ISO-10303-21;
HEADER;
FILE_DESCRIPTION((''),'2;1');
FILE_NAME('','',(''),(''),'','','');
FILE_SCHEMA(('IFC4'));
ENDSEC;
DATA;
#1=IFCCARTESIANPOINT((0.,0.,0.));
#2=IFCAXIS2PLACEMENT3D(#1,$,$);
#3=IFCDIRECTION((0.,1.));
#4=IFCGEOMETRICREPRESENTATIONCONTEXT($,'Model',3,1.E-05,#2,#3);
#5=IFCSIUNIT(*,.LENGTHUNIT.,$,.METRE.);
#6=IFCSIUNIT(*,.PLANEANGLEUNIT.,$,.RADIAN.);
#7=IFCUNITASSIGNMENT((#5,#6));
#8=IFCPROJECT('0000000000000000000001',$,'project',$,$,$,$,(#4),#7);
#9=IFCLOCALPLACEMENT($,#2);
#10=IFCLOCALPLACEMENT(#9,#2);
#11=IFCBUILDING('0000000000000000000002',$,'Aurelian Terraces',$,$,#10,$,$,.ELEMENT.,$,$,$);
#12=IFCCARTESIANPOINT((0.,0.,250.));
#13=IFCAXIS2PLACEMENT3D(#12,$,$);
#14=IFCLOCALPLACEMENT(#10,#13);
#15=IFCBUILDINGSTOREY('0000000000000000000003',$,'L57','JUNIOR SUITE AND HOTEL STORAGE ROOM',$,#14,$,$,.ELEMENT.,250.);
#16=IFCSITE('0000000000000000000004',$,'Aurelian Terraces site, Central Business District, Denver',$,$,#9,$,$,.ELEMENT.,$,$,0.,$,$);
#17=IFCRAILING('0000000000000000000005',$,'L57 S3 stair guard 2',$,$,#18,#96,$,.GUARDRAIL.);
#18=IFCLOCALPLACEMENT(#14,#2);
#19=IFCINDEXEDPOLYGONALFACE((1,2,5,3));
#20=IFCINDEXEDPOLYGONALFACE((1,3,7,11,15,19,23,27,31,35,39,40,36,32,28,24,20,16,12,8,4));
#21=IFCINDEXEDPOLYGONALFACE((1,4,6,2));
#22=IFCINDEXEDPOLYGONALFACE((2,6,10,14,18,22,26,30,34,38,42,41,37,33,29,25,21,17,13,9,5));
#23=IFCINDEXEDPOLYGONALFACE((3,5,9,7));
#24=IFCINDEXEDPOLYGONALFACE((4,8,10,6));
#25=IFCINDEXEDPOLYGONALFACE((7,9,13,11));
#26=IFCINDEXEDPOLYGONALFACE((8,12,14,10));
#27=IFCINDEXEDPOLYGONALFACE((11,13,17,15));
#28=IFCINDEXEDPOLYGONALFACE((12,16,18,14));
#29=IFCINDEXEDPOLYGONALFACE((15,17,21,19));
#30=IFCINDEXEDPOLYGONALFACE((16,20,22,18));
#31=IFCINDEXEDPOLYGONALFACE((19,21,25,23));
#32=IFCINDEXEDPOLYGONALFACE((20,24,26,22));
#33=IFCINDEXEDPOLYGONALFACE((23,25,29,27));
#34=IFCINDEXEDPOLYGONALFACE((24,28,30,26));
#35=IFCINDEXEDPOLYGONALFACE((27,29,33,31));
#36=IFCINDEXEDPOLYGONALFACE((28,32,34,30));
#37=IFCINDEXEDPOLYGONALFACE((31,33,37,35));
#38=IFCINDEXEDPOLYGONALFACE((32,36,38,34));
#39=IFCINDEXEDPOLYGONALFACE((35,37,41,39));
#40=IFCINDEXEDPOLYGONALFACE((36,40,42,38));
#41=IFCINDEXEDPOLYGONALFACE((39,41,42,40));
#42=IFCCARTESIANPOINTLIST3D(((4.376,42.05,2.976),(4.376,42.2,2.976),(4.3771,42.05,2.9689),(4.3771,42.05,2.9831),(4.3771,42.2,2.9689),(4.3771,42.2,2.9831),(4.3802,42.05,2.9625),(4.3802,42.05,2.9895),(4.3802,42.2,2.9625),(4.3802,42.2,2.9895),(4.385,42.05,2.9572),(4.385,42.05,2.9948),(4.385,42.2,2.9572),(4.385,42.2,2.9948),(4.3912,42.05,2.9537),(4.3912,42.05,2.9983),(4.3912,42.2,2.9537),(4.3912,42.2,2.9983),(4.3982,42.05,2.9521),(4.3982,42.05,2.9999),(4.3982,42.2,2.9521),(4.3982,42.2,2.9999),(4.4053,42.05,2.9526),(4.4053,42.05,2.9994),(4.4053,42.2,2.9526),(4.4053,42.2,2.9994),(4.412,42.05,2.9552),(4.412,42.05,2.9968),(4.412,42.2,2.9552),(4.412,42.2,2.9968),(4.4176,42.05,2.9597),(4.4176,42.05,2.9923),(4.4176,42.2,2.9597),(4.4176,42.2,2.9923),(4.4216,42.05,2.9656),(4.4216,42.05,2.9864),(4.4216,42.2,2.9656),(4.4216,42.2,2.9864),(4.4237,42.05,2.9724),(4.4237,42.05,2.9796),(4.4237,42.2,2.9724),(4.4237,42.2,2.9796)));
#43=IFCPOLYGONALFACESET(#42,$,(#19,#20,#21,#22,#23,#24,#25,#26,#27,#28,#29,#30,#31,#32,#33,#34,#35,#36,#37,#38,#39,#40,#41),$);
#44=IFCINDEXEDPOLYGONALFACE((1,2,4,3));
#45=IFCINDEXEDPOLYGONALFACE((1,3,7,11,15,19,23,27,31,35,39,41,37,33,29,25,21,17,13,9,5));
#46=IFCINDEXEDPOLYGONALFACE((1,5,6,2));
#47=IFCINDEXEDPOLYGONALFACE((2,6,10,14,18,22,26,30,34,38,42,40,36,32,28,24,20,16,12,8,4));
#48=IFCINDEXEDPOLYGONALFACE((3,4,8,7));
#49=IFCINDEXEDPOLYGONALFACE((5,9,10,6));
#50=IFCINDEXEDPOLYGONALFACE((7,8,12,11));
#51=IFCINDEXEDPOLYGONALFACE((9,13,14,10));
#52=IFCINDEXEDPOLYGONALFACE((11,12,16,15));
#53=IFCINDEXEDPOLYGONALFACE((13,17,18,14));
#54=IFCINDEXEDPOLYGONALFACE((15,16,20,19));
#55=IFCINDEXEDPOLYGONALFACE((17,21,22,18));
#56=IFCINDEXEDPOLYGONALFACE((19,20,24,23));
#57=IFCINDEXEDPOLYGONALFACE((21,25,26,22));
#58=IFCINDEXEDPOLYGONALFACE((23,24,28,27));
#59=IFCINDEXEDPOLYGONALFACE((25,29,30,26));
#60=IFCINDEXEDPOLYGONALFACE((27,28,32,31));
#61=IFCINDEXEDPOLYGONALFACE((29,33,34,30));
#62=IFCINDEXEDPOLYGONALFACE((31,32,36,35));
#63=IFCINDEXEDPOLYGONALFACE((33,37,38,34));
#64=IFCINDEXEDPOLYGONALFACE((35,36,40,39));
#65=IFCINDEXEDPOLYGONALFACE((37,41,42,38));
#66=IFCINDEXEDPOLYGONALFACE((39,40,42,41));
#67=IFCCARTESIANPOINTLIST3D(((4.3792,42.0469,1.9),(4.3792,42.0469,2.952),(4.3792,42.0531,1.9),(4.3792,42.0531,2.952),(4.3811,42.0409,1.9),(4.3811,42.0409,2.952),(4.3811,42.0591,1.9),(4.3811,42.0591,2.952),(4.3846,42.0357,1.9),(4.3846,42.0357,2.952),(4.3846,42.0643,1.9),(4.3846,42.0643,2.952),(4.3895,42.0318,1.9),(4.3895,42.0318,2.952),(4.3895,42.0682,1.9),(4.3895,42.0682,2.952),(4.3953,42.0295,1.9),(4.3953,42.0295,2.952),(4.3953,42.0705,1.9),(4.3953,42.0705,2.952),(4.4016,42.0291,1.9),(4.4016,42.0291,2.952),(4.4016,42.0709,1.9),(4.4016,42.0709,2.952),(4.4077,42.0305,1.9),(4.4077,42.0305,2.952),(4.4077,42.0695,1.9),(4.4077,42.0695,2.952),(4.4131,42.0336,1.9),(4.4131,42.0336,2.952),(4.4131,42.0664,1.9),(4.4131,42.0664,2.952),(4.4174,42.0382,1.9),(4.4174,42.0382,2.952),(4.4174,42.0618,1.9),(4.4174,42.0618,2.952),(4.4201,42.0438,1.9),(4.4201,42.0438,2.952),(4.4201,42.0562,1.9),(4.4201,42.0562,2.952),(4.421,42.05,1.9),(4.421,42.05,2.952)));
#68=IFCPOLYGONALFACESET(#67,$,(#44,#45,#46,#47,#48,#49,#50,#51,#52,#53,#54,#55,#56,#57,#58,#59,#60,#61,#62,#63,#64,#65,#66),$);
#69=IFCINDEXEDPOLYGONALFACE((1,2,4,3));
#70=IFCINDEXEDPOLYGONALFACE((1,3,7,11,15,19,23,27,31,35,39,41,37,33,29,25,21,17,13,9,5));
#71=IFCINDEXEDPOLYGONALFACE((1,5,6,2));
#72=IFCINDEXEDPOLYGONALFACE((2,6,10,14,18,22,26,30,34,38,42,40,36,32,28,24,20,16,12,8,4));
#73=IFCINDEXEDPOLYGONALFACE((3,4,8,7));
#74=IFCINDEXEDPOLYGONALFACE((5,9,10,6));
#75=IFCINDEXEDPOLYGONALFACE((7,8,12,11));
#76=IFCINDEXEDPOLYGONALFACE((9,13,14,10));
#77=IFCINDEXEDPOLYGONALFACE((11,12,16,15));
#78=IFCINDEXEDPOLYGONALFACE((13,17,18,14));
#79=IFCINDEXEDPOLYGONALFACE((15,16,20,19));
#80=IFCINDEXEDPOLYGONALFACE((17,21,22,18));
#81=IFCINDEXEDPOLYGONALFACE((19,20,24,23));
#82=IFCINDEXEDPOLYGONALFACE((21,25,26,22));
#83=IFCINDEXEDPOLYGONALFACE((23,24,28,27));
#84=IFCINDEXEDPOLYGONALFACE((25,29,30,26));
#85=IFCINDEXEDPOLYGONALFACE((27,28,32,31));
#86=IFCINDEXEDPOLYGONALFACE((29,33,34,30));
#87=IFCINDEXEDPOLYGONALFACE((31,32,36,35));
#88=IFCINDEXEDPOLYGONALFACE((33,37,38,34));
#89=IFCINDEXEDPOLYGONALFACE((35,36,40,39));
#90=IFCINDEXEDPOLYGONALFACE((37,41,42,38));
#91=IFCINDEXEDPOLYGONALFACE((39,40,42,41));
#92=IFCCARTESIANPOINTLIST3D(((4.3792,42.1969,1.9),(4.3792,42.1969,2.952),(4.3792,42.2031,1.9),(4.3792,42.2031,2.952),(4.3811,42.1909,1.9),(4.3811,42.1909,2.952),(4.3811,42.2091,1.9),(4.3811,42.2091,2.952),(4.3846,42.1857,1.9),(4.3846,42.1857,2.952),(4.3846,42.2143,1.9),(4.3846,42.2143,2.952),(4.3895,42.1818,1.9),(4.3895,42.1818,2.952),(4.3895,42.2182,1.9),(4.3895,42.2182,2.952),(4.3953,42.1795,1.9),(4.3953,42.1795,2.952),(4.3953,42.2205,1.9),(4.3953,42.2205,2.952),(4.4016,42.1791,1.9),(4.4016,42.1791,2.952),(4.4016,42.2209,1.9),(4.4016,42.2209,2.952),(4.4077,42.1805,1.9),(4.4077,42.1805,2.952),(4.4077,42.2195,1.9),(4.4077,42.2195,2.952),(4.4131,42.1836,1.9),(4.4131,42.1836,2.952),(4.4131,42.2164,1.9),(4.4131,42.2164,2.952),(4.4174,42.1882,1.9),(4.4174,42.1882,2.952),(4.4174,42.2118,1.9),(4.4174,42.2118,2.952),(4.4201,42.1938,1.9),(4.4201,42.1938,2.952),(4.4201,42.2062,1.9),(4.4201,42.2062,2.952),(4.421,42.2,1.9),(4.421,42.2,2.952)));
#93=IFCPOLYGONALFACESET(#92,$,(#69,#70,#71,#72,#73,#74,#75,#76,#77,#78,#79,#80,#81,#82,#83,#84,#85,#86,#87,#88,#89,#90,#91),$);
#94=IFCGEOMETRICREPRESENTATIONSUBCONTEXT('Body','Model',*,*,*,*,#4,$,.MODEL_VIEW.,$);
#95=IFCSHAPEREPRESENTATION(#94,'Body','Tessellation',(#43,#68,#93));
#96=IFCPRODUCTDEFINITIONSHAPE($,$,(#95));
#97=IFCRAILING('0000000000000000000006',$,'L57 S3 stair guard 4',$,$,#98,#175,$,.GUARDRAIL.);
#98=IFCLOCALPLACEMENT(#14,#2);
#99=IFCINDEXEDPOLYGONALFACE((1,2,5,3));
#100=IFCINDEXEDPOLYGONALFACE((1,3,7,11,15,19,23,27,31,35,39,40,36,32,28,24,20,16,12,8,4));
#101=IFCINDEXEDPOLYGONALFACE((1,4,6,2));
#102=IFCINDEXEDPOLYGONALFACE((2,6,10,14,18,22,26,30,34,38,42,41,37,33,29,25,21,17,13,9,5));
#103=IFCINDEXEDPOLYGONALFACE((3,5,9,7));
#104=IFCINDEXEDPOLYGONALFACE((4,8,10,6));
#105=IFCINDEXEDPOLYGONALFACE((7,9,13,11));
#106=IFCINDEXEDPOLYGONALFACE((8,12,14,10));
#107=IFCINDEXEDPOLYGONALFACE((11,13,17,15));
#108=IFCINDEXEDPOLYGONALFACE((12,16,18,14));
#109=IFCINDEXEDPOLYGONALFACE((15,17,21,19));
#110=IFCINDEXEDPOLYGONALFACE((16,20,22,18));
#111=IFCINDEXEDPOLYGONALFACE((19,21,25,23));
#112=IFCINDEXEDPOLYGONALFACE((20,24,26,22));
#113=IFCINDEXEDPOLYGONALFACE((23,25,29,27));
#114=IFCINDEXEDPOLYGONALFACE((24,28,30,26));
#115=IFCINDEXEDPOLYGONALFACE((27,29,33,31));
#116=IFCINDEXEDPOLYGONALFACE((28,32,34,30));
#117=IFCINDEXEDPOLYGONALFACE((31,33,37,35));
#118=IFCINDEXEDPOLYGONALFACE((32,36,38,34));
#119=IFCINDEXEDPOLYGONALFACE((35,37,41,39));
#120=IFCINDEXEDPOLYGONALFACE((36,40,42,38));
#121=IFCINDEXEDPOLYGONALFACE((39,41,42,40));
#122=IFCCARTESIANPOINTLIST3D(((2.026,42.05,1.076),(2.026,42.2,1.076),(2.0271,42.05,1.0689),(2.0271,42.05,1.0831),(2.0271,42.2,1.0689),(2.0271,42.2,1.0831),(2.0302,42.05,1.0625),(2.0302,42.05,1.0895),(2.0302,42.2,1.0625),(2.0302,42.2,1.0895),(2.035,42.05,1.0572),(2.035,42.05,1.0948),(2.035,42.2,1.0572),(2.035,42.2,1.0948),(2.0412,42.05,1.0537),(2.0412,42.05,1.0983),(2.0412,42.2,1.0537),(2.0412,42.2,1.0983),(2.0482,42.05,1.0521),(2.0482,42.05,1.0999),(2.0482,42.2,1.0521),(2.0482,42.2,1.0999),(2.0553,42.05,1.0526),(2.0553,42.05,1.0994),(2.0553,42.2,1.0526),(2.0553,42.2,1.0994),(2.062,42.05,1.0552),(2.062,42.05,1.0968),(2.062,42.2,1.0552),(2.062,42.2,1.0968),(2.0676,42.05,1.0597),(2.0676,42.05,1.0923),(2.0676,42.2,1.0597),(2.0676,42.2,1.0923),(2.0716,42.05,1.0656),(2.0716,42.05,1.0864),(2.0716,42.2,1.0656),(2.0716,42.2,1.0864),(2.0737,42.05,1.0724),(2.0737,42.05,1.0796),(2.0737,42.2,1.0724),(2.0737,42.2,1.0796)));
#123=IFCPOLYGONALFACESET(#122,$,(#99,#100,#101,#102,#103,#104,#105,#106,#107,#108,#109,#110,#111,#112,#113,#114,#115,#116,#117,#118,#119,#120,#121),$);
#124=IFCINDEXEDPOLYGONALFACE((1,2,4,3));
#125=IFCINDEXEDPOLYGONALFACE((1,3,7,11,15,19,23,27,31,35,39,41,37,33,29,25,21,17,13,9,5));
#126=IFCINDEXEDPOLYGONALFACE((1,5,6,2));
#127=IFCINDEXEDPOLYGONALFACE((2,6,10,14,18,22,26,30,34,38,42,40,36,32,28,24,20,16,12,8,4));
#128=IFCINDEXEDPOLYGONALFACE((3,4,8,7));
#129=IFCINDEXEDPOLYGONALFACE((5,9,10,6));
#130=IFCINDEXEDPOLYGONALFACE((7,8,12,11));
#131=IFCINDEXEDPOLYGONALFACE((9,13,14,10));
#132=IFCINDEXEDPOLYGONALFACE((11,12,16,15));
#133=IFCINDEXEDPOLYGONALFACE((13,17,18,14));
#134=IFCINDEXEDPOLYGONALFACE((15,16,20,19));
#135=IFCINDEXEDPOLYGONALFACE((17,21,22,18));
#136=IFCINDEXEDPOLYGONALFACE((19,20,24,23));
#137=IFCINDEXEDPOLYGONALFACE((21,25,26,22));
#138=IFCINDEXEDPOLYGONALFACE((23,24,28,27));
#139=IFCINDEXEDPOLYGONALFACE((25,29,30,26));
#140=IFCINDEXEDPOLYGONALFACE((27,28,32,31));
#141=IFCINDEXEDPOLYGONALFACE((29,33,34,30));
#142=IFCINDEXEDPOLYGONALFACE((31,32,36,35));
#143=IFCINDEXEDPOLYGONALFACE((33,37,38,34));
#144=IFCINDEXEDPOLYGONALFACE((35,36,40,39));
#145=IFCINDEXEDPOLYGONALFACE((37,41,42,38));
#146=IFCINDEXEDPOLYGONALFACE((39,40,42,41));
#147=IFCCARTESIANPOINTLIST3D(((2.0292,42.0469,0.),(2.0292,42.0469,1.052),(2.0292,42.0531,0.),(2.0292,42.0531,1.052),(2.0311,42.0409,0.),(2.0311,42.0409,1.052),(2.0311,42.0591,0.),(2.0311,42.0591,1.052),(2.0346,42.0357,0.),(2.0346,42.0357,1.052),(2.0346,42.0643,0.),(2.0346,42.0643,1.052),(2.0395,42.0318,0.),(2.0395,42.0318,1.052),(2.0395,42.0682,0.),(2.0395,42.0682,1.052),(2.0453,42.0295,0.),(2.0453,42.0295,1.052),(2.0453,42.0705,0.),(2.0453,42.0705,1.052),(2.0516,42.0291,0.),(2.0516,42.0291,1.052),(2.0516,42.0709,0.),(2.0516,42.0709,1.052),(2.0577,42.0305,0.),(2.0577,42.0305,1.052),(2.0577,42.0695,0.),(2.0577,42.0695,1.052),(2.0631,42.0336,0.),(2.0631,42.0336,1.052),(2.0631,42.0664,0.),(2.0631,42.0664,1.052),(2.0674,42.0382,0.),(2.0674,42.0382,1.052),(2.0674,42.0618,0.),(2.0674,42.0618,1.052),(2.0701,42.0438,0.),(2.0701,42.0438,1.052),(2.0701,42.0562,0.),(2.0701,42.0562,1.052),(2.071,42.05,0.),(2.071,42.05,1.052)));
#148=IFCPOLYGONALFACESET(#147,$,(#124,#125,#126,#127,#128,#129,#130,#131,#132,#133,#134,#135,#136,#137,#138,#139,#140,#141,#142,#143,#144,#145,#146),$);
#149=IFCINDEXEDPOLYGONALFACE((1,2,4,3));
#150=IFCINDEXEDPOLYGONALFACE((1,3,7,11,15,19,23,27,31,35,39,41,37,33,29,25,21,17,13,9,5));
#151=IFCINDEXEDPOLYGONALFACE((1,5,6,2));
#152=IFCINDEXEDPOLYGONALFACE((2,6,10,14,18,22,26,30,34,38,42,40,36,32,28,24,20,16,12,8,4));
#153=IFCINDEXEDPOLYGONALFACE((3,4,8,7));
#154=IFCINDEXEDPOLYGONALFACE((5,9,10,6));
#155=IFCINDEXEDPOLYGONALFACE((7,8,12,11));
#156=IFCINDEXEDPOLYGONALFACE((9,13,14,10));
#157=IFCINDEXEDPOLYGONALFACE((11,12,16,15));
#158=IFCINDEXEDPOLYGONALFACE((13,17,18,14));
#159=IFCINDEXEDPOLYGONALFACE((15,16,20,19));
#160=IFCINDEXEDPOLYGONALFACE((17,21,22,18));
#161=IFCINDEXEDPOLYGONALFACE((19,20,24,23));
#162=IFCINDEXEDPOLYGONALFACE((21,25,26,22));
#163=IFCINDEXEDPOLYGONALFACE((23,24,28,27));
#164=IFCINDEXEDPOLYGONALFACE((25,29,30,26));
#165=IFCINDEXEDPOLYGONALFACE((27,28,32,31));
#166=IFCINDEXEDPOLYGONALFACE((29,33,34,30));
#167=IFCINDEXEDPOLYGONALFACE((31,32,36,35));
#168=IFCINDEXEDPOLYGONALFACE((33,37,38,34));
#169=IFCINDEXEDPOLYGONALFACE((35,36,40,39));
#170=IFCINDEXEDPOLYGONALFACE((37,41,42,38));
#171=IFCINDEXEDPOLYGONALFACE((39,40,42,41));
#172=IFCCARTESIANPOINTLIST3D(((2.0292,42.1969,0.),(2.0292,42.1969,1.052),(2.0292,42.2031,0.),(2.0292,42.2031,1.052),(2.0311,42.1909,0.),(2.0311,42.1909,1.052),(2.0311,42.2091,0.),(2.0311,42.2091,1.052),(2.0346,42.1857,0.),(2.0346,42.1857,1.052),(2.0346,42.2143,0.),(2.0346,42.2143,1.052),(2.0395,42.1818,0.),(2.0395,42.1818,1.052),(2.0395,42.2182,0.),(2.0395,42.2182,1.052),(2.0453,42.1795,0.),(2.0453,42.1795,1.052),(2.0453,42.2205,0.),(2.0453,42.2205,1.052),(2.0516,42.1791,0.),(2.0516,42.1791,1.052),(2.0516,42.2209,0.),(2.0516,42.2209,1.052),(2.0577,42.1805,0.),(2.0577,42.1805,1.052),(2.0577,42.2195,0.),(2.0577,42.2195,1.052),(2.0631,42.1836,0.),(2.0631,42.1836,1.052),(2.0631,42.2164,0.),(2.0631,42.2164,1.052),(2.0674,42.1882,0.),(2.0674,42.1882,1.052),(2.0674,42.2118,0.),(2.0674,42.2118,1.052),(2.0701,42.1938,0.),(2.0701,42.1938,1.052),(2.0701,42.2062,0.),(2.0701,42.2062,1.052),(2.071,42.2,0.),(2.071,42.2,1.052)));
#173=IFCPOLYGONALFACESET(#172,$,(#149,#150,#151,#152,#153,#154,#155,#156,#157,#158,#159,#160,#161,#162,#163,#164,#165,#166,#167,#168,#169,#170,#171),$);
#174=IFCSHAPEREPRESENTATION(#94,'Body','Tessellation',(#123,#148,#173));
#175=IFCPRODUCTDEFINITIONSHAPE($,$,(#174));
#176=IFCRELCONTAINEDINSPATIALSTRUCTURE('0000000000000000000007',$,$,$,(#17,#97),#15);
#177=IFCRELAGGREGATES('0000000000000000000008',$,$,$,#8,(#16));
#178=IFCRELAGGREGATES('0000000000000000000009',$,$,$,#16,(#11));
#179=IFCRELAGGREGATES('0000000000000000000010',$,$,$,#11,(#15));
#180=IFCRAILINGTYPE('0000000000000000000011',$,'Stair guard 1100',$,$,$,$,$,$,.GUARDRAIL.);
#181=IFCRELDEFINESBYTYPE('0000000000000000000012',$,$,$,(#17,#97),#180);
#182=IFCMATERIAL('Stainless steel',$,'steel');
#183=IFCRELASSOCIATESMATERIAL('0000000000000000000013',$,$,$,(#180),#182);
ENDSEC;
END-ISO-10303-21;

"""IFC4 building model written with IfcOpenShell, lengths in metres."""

from ifc_helpers import new_model, si_unit, direction, frame, origin, origin_2d, place, context, subcontext, project, spatial, circle, extrude, source, transform, mapped, material, type_object, element, save


model = new_model("IFC4")

# Units and contexts
model_context = context("Model", 3, precision=1e-05, world=origin(), true_north=direction((0.0, 1.0)))
body_context = subcontext(model_context, "Body", "Model", "MODEL_VIEW")
ifc_project = project(units=[si_unit("LENGTHUNIT", "METRE"), si_unit("PLANEANGLEUNIT", "RADIAN")], contexts=[model_context])

# Site, building, storey
site_placement = place(None, origin())
site = spatial("IfcSite", under=ifc_project, at=site_placement, Name="Aurelian Terraces site, Central Business District, Denver", CompositionType="ELEMENT", RefElevation=0.0)
building_placement = place(site_placement, origin())
building = spatial("IfcBuilding", under=site, at=building_placement, Name="Aurelian Terraces", CompositionType="ELEMENT")
storey_placement = place(building_placement, frame((0.0, 0.0, 250.0)))
storey = spatial("IfcBuildingStorey", under=building, at=storey_placement, Name="L57", Description="JUNIOR SUITE AND HOTEL STORAGE ROOM", CompositionType="ELEMENT", Elevation=250.0)

# Railings
ifc_material_1 = material(Name="Stainless steel", Category="steel")
railing_type_1 = type_object("IfcRailingType", Name="Stair guard 1100", PredefinedType="GUARDRAIL", material=ifc_material_1)
shared_shape_1 = source(origin(), body_context, "Body", "SweptSolid", [
    extrude(circle(Radius=0.024, at=origin_2d()), frame((0.0, 0.0, 1.076), z_axis=(0.0, 1.0, 0.0), x_axis=(-1.0, 0.0, 0.0)), (0.0, 0.0, 1.0), 0.15),
    extrude(circle(Radius=0.021, at=origin_2d()), origin(), (0.0, 0.0, 1.0), 1.052),
    extrude(circle(Radius=0.021, at=origin_2d()), frame((0.0, 0.15, 0.0)), (0.0, 0.0, 1.0), 1.052),
])
for number, where, name in (
    (1, (4.4, 42.05, 1.9), "L57 S3 stair guard 2"),
    (2, (2.05, 42.05, 0.0), "L57 S3 stair guard 4"),
):
    element("IfcRailing", number, at=place(storey_placement, frame(where)), inside=storey, type_object=railing_type_1, Name=name, PredefinedType="GUARDRAIL", context=body_context, shape_type="MappedRepresentation", body=[
        mapped(shared_shape_1, transform((0.0, 0.0, 0.0), scale=1.0)),
    ])

save(model, "model.ifc")
